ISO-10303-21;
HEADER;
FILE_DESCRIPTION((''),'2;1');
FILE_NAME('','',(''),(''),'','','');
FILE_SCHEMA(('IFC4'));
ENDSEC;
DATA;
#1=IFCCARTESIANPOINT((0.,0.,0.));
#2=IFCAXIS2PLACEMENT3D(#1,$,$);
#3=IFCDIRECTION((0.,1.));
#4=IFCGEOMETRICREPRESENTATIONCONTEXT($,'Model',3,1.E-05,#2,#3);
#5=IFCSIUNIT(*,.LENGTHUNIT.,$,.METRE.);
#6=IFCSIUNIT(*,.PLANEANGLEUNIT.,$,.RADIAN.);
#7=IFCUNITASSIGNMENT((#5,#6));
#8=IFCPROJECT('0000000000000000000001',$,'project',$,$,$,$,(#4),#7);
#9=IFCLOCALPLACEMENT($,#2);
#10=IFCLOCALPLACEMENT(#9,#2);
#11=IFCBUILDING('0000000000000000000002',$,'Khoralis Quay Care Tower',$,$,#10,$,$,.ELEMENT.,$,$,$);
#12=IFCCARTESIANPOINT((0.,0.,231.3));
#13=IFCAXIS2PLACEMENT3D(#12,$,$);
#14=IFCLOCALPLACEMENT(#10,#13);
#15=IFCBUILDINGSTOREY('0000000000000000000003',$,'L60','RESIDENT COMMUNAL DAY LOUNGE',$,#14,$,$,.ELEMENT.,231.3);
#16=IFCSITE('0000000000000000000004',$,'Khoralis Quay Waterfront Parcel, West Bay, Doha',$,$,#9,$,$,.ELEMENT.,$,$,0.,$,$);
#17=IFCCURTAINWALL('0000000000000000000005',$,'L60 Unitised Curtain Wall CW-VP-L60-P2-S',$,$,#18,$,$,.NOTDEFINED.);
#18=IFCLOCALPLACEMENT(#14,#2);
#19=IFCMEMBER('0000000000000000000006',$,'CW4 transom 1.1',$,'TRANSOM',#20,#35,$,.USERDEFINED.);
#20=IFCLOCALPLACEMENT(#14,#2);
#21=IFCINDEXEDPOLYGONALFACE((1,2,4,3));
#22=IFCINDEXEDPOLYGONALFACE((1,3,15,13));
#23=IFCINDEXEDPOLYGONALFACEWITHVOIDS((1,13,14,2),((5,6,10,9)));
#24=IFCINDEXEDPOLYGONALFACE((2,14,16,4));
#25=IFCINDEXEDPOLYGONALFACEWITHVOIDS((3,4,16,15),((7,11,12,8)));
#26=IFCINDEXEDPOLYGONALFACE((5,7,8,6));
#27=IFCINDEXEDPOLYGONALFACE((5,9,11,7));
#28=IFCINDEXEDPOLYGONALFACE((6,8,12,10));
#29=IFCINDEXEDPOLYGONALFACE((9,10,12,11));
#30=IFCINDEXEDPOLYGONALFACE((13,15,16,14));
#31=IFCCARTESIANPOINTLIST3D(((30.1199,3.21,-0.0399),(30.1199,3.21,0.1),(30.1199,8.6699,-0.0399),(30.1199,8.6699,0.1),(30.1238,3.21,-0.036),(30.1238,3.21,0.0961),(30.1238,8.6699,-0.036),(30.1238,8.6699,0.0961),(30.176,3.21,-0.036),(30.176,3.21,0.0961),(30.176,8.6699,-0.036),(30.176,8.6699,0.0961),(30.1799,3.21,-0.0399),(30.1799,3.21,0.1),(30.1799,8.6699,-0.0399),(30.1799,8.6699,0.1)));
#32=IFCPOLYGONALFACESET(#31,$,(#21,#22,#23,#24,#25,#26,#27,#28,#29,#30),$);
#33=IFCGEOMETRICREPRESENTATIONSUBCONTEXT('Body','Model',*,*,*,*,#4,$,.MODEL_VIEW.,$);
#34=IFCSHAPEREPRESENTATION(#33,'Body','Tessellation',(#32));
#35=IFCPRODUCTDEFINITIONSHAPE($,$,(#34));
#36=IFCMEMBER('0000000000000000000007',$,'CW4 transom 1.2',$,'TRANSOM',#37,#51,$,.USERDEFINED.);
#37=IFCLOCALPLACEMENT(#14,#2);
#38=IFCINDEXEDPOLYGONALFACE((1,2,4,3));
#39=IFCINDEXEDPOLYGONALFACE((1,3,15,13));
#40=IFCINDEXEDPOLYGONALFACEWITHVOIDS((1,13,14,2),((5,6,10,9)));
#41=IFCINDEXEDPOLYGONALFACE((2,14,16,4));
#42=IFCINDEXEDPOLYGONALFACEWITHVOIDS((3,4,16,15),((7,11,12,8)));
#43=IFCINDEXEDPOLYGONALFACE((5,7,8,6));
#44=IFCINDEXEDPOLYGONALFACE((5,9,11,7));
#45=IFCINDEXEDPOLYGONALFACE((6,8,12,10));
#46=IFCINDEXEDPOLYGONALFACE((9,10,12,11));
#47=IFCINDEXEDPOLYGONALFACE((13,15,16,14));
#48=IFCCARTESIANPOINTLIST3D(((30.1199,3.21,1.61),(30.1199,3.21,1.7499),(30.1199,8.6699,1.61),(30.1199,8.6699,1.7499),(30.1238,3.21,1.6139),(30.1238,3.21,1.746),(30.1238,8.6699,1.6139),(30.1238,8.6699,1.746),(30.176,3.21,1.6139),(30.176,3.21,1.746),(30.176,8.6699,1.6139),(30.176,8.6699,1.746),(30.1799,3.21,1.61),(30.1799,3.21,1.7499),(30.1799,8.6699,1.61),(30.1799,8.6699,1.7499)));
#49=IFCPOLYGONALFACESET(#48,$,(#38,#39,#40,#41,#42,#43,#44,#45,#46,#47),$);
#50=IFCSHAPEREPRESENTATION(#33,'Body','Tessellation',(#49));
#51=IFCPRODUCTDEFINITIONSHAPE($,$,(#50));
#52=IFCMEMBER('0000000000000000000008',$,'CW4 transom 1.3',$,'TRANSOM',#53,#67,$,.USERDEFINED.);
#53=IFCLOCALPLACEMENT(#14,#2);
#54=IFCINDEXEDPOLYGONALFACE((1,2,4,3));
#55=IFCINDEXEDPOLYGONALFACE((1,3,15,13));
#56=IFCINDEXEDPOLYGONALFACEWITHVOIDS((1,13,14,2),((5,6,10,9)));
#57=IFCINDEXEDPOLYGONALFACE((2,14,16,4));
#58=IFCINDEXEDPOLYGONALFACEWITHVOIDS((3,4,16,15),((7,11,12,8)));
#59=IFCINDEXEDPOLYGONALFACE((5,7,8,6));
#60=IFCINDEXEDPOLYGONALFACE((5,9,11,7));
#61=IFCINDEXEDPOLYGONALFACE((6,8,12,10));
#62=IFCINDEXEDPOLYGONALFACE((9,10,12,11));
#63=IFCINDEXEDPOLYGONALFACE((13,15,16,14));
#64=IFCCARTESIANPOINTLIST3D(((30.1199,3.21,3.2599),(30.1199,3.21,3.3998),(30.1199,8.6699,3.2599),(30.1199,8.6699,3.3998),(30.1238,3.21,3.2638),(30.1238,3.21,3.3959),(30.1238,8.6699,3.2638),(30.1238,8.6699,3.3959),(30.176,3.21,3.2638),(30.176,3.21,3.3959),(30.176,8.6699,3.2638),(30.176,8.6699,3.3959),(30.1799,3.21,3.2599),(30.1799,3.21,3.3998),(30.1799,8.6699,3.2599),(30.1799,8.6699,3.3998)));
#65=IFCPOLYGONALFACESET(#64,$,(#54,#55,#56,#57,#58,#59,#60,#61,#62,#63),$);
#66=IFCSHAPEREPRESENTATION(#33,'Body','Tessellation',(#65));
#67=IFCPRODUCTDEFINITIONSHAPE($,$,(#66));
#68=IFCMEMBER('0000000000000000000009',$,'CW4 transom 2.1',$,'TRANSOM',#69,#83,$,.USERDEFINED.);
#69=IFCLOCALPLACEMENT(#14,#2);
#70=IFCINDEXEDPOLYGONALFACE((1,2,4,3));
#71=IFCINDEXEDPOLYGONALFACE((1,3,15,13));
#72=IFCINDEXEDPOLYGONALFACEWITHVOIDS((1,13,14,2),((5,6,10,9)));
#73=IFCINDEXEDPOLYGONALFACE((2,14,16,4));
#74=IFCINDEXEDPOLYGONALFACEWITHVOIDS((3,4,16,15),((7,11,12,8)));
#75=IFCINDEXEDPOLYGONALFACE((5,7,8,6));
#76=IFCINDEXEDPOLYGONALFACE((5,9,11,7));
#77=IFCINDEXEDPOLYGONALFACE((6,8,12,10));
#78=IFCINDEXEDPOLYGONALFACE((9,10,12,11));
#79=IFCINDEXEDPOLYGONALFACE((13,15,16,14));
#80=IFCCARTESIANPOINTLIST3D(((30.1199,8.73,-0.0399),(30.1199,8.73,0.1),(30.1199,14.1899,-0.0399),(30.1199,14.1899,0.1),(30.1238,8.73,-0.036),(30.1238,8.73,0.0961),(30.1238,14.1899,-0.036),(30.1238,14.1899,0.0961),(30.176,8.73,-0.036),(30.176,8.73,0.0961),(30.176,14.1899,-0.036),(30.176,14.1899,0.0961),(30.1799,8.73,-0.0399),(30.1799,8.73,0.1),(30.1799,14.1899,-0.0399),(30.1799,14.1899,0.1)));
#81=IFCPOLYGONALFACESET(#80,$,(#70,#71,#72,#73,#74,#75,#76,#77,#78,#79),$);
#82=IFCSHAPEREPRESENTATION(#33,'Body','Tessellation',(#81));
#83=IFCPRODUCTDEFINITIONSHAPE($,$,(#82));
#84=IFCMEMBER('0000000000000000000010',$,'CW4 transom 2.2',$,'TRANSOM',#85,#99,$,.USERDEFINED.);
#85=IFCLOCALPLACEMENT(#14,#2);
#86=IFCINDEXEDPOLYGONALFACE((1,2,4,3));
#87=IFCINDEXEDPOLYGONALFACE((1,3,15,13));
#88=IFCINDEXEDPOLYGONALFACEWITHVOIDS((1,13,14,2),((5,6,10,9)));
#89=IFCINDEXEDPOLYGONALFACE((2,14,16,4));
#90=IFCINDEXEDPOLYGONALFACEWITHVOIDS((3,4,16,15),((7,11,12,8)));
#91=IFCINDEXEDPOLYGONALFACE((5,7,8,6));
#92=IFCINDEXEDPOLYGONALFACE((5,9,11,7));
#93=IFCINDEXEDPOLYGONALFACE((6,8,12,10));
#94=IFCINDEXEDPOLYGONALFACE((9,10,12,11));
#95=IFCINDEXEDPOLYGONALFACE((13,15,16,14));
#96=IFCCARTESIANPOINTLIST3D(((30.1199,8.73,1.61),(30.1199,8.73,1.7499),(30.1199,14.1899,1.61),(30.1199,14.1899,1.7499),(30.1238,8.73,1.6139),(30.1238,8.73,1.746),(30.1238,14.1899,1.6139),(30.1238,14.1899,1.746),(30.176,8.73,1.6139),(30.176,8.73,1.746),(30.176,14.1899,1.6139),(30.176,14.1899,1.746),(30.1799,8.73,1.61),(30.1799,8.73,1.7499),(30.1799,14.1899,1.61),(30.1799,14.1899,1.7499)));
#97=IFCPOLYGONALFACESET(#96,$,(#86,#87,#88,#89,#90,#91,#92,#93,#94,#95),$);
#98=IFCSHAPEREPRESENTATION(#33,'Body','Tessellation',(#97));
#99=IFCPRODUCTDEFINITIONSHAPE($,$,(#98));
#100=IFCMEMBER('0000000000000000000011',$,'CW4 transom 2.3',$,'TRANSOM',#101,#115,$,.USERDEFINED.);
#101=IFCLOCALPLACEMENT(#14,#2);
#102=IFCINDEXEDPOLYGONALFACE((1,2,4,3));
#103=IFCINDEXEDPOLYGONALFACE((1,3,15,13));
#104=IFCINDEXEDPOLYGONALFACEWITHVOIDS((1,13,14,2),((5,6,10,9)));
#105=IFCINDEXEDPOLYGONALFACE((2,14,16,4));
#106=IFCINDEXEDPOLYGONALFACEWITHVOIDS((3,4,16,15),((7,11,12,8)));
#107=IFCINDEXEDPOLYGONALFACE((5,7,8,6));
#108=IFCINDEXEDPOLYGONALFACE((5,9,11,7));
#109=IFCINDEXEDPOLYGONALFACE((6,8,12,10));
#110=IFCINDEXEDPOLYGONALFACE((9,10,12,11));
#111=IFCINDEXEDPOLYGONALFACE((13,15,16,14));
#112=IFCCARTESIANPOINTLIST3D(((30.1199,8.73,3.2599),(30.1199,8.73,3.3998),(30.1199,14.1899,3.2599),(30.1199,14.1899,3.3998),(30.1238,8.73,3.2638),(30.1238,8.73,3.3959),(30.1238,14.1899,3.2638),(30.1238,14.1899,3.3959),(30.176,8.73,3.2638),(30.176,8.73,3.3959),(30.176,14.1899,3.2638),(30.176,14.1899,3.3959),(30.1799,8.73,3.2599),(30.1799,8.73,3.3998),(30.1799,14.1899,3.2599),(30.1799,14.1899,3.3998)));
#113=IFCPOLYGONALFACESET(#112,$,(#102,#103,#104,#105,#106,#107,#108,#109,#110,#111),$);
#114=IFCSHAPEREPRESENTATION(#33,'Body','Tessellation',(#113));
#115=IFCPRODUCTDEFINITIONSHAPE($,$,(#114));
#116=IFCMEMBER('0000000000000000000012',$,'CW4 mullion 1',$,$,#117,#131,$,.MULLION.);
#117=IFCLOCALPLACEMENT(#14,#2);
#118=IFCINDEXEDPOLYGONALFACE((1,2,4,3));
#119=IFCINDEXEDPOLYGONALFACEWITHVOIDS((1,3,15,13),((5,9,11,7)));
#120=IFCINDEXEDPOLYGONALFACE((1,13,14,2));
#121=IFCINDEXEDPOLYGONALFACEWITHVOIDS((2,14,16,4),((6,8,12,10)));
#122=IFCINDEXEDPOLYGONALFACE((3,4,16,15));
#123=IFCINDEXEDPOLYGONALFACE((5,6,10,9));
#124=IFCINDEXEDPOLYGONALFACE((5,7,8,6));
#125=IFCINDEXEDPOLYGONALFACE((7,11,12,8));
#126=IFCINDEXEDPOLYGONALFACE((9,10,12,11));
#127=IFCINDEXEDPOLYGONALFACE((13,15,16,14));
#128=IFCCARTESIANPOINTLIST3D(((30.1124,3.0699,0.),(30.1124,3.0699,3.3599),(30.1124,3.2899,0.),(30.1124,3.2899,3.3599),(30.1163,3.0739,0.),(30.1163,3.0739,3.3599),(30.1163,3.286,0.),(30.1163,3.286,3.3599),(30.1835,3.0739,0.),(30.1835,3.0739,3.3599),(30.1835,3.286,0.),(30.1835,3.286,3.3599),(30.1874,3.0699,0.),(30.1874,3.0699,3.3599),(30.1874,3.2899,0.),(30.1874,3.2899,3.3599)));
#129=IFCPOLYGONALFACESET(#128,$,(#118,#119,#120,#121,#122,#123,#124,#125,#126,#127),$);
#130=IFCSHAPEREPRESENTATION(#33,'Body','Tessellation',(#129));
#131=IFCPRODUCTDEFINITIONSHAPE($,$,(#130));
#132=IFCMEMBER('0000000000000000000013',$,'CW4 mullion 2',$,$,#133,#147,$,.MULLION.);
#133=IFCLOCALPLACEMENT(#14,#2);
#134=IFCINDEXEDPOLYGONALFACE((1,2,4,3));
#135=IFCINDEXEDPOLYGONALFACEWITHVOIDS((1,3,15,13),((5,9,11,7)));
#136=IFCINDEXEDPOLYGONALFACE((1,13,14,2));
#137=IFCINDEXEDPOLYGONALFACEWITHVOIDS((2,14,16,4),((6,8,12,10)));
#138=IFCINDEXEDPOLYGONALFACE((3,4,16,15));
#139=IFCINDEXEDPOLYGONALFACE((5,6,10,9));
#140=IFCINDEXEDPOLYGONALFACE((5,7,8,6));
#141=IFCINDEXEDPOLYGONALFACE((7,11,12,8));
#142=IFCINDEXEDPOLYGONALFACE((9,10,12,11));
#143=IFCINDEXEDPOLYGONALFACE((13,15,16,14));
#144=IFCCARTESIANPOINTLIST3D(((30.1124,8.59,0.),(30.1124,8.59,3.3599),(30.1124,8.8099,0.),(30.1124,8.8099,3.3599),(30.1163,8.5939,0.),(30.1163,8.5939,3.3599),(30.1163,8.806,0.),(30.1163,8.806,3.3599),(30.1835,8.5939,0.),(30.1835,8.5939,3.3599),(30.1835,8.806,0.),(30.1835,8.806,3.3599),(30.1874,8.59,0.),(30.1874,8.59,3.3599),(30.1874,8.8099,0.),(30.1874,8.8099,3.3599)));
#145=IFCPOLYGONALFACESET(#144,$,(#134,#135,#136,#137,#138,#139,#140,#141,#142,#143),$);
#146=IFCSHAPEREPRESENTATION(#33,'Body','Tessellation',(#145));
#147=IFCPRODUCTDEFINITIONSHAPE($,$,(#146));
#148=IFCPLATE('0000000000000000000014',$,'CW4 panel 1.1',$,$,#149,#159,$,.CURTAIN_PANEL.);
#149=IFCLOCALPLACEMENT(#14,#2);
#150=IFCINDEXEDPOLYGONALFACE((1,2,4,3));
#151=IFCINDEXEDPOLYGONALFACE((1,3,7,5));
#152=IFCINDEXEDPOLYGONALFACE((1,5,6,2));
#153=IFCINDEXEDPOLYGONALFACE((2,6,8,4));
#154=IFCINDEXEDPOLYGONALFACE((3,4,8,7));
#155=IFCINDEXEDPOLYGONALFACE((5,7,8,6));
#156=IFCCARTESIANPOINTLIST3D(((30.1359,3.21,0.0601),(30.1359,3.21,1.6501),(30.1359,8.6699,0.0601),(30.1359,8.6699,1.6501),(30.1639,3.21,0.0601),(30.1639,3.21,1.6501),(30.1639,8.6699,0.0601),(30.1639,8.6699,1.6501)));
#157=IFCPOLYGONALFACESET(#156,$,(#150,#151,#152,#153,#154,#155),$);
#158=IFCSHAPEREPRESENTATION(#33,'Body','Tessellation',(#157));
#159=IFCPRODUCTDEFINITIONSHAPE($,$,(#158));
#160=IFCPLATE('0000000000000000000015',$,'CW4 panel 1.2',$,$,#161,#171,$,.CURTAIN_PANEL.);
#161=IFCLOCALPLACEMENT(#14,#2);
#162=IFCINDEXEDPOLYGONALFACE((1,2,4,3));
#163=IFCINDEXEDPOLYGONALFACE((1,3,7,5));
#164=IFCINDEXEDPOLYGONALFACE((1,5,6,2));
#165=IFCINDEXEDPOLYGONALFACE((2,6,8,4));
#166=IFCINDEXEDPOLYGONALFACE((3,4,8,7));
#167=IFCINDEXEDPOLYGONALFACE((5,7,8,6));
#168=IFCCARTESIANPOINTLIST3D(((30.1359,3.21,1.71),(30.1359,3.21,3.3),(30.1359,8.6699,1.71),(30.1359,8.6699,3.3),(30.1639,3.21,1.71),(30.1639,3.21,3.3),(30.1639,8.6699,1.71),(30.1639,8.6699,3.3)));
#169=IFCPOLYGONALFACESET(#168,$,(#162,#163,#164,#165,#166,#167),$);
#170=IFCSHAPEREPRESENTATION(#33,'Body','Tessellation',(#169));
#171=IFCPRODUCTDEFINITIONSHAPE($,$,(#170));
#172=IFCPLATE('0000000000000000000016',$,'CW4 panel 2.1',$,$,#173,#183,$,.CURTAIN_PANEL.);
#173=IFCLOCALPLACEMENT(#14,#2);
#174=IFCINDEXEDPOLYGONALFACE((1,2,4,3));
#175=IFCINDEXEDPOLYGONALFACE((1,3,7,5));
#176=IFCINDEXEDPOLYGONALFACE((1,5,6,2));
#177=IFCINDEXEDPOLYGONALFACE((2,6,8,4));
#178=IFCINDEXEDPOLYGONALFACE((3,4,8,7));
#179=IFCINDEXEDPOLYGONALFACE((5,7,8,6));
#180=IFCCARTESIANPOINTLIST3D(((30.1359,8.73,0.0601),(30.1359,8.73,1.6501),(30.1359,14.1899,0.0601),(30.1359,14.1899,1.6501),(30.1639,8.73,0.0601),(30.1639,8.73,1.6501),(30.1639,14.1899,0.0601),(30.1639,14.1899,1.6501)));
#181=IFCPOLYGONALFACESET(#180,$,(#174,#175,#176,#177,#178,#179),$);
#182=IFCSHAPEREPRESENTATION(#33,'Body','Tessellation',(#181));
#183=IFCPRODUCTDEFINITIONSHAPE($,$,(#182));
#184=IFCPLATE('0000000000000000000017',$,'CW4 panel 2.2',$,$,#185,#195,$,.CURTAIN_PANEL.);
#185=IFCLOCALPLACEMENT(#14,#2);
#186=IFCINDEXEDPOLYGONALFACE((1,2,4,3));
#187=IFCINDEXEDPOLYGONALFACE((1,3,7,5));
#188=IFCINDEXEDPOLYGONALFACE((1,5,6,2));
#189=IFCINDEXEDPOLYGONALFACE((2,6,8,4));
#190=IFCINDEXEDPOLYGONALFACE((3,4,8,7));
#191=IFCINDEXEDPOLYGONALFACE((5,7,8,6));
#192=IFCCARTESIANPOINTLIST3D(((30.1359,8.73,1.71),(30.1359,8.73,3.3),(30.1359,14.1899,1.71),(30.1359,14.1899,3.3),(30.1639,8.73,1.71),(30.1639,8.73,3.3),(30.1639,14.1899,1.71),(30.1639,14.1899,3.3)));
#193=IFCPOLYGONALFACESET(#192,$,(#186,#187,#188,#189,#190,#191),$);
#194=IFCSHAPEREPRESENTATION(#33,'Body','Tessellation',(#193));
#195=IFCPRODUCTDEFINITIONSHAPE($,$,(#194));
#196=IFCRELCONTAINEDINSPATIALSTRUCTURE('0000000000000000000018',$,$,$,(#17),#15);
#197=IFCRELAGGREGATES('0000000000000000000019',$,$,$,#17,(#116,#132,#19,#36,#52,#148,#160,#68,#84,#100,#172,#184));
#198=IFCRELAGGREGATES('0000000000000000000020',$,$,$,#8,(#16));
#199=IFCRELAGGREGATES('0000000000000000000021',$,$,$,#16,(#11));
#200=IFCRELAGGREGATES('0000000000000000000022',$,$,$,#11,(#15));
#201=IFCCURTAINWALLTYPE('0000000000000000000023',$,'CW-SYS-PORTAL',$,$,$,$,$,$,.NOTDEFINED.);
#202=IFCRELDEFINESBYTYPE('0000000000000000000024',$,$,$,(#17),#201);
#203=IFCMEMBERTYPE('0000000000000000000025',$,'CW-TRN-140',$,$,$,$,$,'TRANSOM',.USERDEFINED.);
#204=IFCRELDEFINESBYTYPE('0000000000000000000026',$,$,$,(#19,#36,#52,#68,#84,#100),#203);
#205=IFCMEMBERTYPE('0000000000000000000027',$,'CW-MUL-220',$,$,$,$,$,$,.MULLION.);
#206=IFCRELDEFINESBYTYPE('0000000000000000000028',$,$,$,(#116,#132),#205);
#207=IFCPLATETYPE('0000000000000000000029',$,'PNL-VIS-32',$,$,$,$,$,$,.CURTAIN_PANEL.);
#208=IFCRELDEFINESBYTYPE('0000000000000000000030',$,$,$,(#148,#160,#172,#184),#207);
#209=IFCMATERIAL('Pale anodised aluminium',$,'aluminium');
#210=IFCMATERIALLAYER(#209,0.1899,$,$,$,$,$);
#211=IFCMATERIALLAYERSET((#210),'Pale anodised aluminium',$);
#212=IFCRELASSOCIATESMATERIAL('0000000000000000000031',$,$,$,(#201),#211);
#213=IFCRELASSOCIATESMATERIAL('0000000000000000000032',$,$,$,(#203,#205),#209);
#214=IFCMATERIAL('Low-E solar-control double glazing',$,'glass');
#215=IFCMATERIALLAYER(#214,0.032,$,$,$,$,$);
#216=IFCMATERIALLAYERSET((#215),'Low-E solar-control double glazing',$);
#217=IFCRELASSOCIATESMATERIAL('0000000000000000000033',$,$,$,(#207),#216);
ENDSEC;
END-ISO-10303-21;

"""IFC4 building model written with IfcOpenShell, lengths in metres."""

from ifc_helpers import new_model, si_unit, direction, frame, origin, origin_2d, place, context, subcontext, project, spatial, rectangle, hollow_rectangle, extrude, source, transform, mapped, material, layer, layer_set, material_profile, profile_set, type_object, element, aggregate, save


model = new_model("IFC4")

# Units and contexts
model_context = context("Model", 3, precision=1e-05, world=origin(), true_north=direction((0.0, 1.0)))
body_context = subcontext(model_context, "Body", "Model", "MODEL_VIEW")
ifc_project = project(units=[si_unit("LENGTHUNIT", "METRE"), si_unit("PLANEANGLEUNIT", "RADIAN")], contexts=[model_context])

# Site, building, storey
site_placement = place(None, origin())
site = spatial("IfcSite", under=ifc_project, at=site_placement, Name="Khoralis Quay Waterfront Parcel, West Bay, Doha", CompositionType="ELEMENT", RefElevation=0.0)
building_placement = place(site_placement, origin())
building = spatial("IfcBuilding", under=site, at=building_placement, Name="Khoralis Quay Care Tower", CompositionType="ELEMENT")
storey_placement = place(building_placement, frame((0.0, 0.0, 231.3)))
storey = spatial("IfcBuildingStorey", under=building, at=storey_placement, Name="L60", Description="RESIDENT COMMUNAL DAY LOUNGE", CompositionType="ELEMENT", Elevation=231.3)

# Curtain wall, members, plates
ifc_material_1 = material(Name="Pale anodised aluminium", Category="aluminium")
ifc_layer_1 = layer(ifc_material_1, 0.1899)
ifc_layer_set_1 = layer_set([ifc_layer_1], Name="Pale anodised aluminium")
curtain_wall_type = type_object("IfcCurtainWallType", Name="CW-SYS-PORTAL", PredefinedType="NOTDEFINED", material=ifc_layer_set_1)
curtain_wall_placement = place(storey_placement, origin())
curtain_wall = element("IfcCurtainWall", 1, at=curtain_wall_placement, inside=storey, type_object=curtain_wall_type, Name="L60 Unitised Curtain Wall CW-VP-L60-P2-S", PredefinedType="NOTDEFINED")
ifc_material_profile_1 = material_profile(ifc_material_1, hollow_rectangle(XDim=0.0601, YDim=0.1399, WallThickness=0.0039, at=origin_2d()), Name="Pale anodised aluminium")
ifc_profile_set_1 = profile_set([ifc_material_profile_1], Name="Pale anodised aluminium")
member_type_1 = type_object("IfcMemberType", Name="CW-TRN-140", ElementType="TRANSOM", PredefinedType="USERDEFINED", material=ifc_profile_set_1)
shared_shape_1 = source(origin(), body_context, "Body", "SweptSolid", [
    extrude(hollow_rectangle(XDim=0.0601, YDim=0.1399, WallThickness=0.0039, at=origin_2d()), origin(), (0.0, 0.0, 1.0), 5.46),
])
member_1_placement = place(storey_placement, frame((30.1499, 3.21, 0.03), z_axis=(0.0, 1.0, 0.0), x_axis=(-1.0, 0.0, 0.0)))
member_1 = element("IfcMember", 2, at=member_1_placement, type_object=member_type_1, Name="CW4 transom 1.1", ObjectType="TRANSOM", PredefinedType="USERDEFINED", context=body_context, shape_type="MappedRepresentation", body=[
    mapped(shared_shape_1, transform((0.0, 0.0, 0.0), scale=1.0)),
])
member_2_placement = place(storey_placement, frame((30.1499, 3.21, 1.6799), z_axis=(0.0, 1.0, 0.0), x_axis=(-1.0, 0.0, 0.0)))
member_2 = element("IfcMember", 3, at=member_2_placement, type_object=member_type_1, Name="CW4 transom 1.2", ObjectType="TRANSOM", PredefinedType="USERDEFINED", context=body_context, shape_type="MappedRepresentation", body=[
    mapped(shared_shape_1, transform((0.0, 0.0, 0.0), scale=1.0)),
])
member_3_placement = place(storey_placement, frame((30.1499, 3.21, 3.3298), z_axis=(0.0, 1.0, 0.0), x_axis=(-1.0, 0.0, 0.0)))
member_3 = element("IfcMember", 4, at=member_3_placement, type_object=member_type_1, Name="CW4 transom 1.3", ObjectType="TRANSOM", PredefinedType="USERDEFINED", context=body_context, shape_type="MappedRepresentation", body=[
    mapped(shared_shape_1, transform((0.0, 0.0, 0.0), scale=1.0)),
])
member_4_placement = place(storey_placement, frame((30.1499, 8.73, 0.03), z_axis=(0.0, 1.0, 0.0), x_axis=(-1.0, 0.0, 0.0)))
member_4 = element("IfcMember", 5, at=member_4_placement, type_object=member_type_1, Name="CW4 transom 2.1", ObjectType="TRANSOM", PredefinedType="USERDEFINED", context=body_context, shape_type="MappedRepresentation", body=[
    mapped(shared_shape_1, transform((0.0, 0.0, 0.0), scale=1.0)),
])
member_5_placement = place(storey_placement, frame((30.1499, 8.73, 1.6799), z_axis=(0.0, 1.0, 0.0), x_axis=(-1.0, 0.0, 0.0)))
member_5 = element("IfcMember", 6, at=member_5_placement, type_object=member_type_1, Name="CW4 transom 2.2", ObjectType="TRANSOM", PredefinedType="USERDEFINED", context=body_context, shape_type="MappedRepresentation", body=[
    mapped(shared_shape_1, transform((0.0, 0.0, 0.0), scale=1.0)),
])
member_6_placement = place(storey_placement, frame((30.1499, 8.73, 3.3298), z_axis=(0.0, 1.0, 0.0), x_axis=(-1.0, 0.0, 0.0)))
member_6 = element("IfcMember", 7, at=member_6_placement, type_object=member_type_1, Name="CW4 transom 2.3", ObjectType="TRANSOM", PredefinedType="USERDEFINED", context=body_context, shape_type="MappedRepresentation", body=[
    mapped(shared_shape_1, transform((0.0, 0.0, 0.0), scale=1.0)),
])
ifc_material_profile_2 = material_profile(ifc_material_1, hollow_rectangle(XDim=0.075, YDim=0.22, WallThickness=0.0039, at=origin_2d()), Name="Pale anodised aluminium")
ifc_profile_set_2 = profile_set([ifc_material_profile_2], Name="Pale anodised aluminium")
member_type_2 = type_object("IfcMemberType", Name="CW-MUL-220", PredefinedType="MULLION", material=ifc_profile_set_2)
shared_shape_2 = source(origin(), body_context, "Body", "SweptSolid", [
    extrude(hollow_rectangle(XDim=0.075, YDim=0.22, WallThickness=0.0039, at=origin_2d()), origin(), (0.0, 0.0, 1.0), 3.3599),
])
member_7_placement = place(storey_placement, frame((30.1499, 3.1799, 0.0), z_axis=(0.0, 0.0, 1.0), x_axis=(-1.0, 0.0, 0.0)))
member_7 = element("IfcMember", 8, at=member_7_placement, type_object=member_type_2, Name="CW4 mullion 1", PredefinedType="MULLION", context=body_context, shape_type="MappedRepresentation", body=[
    mapped(shared_shape_2, transform((0.0, 0.0, 0.0), scale=1.0)),
])
member_8_placement = place(storey_placement, frame((30.1499, 8.7, 0.0), z_axis=(0.0, 0.0, 1.0), x_axis=(-1.0, 0.0, 0.0)))
member_8 = element("IfcMember", 9, at=member_8_placement, type_object=member_type_2, Name="CW4 mullion 2", PredefinedType="MULLION", context=body_context, shape_type="MappedRepresentation", body=[
    mapped(shared_shape_2, transform((0.0, 0.0, 0.0), scale=1.0)),
])
ifc_material_2 = material(Name="Low-E solar-control double glazing", Category="glass")
ifc_layer_2 = layer(ifc_material_2, 0.032)
ifc_layer_set_2 = layer_set([ifc_layer_2], Name="Low-E solar-control double glazing")
plate_type = type_object("IfcPlateType", Name="PNL-VIS-32", PredefinedType="CURTAIN_PANEL", material=ifc_layer_set_2)
shared_shape_3 = source(origin(), body_context, "Body", "SweptSolid", [
    extrude(rectangle(XDim=5.46, YDim=0.0281, at=origin_2d()), origin(), (0.0, 0.0, 1.0), 1.5901),
])
plate_1_placement = place(storey_placement, frame((30.1499, 5.9399, 0.0601), z_axis=(0.0, 0.0, 1.0), x_axis=(0.0, 1.0, 0.0)))
plate_1 = element("IfcPlate", 10, at=plate_1_placement, type_object=plate_type, Name="CW4 panel 1.1", PredefinedType="CURTAIN_PANEL", context=body_context, shape_type="MappedRepresentation", body=[
    mapped(shared_shape_3, transform((0.0, 0.0, 0.0), scale=1.0)),
])
plate_2_placement = place(storey_placement, frame((30.1499, 5.9399, 1.71), z_axis=(0.0, 0.0, 1.0), x_axis=(0.0, 1.0, 0.0)))
plate_2 = element("IfcPlate", 11, at=plate_2_placement, type_object=plate_type, Name="CW4 panel 1.2", PredefinedType="CURTAIN_PANEL", context=body_context, shape_type="MappedRepresentation", body=[
    mapped(shared_shape_3, transform((0.0, 0.0, 0.0), scale=1.0)),
])
plate_3_placement = place(storey_placement, frame((30.1499, 11.46, 0.0601), z_axis=(0.0, 0.0, 1.0), x_axis=(0.0, 1.0, 0.0)))
plate_3 = element("IfcPlate", 12, at=plate_3_placement, type_object=plate_type, Name="CW4 panel 2.1", PredefinedType="CURTAIN_PANEL", context=body_context, shape_type="MappedRepresentation", body=[
    mapped(shared_shape_3, transform((0.0, 0.0, 0.0), scale=1.0)),
])
plate_4_placement = place(storey_placement, frame((30.1499, 11.46, 1.71), z_axis=(0.0, 0.0, 1.0), x_axis=(0.0, 1.0, 0.0)))
plate_4 = element("IfcPlate", 13, at=plate_4_placement, type_object=plate_type, Name="CW4 panel 2.2", PredefinedType="CURTAIN_PANEL", context=body_context, shape_type="MappedRepresentation", body=[
    mapped(shared_shape_3, transform((0.0, 0.0, 0.0), scale=1.0)),
])
aggregate(curtain_wall, [member_7, member_8, member_1, member_2, member_3, plate_1, plate_2, member_4, member_5, member_6, plate_3, plate_4])

save(model, "model.ifc")
